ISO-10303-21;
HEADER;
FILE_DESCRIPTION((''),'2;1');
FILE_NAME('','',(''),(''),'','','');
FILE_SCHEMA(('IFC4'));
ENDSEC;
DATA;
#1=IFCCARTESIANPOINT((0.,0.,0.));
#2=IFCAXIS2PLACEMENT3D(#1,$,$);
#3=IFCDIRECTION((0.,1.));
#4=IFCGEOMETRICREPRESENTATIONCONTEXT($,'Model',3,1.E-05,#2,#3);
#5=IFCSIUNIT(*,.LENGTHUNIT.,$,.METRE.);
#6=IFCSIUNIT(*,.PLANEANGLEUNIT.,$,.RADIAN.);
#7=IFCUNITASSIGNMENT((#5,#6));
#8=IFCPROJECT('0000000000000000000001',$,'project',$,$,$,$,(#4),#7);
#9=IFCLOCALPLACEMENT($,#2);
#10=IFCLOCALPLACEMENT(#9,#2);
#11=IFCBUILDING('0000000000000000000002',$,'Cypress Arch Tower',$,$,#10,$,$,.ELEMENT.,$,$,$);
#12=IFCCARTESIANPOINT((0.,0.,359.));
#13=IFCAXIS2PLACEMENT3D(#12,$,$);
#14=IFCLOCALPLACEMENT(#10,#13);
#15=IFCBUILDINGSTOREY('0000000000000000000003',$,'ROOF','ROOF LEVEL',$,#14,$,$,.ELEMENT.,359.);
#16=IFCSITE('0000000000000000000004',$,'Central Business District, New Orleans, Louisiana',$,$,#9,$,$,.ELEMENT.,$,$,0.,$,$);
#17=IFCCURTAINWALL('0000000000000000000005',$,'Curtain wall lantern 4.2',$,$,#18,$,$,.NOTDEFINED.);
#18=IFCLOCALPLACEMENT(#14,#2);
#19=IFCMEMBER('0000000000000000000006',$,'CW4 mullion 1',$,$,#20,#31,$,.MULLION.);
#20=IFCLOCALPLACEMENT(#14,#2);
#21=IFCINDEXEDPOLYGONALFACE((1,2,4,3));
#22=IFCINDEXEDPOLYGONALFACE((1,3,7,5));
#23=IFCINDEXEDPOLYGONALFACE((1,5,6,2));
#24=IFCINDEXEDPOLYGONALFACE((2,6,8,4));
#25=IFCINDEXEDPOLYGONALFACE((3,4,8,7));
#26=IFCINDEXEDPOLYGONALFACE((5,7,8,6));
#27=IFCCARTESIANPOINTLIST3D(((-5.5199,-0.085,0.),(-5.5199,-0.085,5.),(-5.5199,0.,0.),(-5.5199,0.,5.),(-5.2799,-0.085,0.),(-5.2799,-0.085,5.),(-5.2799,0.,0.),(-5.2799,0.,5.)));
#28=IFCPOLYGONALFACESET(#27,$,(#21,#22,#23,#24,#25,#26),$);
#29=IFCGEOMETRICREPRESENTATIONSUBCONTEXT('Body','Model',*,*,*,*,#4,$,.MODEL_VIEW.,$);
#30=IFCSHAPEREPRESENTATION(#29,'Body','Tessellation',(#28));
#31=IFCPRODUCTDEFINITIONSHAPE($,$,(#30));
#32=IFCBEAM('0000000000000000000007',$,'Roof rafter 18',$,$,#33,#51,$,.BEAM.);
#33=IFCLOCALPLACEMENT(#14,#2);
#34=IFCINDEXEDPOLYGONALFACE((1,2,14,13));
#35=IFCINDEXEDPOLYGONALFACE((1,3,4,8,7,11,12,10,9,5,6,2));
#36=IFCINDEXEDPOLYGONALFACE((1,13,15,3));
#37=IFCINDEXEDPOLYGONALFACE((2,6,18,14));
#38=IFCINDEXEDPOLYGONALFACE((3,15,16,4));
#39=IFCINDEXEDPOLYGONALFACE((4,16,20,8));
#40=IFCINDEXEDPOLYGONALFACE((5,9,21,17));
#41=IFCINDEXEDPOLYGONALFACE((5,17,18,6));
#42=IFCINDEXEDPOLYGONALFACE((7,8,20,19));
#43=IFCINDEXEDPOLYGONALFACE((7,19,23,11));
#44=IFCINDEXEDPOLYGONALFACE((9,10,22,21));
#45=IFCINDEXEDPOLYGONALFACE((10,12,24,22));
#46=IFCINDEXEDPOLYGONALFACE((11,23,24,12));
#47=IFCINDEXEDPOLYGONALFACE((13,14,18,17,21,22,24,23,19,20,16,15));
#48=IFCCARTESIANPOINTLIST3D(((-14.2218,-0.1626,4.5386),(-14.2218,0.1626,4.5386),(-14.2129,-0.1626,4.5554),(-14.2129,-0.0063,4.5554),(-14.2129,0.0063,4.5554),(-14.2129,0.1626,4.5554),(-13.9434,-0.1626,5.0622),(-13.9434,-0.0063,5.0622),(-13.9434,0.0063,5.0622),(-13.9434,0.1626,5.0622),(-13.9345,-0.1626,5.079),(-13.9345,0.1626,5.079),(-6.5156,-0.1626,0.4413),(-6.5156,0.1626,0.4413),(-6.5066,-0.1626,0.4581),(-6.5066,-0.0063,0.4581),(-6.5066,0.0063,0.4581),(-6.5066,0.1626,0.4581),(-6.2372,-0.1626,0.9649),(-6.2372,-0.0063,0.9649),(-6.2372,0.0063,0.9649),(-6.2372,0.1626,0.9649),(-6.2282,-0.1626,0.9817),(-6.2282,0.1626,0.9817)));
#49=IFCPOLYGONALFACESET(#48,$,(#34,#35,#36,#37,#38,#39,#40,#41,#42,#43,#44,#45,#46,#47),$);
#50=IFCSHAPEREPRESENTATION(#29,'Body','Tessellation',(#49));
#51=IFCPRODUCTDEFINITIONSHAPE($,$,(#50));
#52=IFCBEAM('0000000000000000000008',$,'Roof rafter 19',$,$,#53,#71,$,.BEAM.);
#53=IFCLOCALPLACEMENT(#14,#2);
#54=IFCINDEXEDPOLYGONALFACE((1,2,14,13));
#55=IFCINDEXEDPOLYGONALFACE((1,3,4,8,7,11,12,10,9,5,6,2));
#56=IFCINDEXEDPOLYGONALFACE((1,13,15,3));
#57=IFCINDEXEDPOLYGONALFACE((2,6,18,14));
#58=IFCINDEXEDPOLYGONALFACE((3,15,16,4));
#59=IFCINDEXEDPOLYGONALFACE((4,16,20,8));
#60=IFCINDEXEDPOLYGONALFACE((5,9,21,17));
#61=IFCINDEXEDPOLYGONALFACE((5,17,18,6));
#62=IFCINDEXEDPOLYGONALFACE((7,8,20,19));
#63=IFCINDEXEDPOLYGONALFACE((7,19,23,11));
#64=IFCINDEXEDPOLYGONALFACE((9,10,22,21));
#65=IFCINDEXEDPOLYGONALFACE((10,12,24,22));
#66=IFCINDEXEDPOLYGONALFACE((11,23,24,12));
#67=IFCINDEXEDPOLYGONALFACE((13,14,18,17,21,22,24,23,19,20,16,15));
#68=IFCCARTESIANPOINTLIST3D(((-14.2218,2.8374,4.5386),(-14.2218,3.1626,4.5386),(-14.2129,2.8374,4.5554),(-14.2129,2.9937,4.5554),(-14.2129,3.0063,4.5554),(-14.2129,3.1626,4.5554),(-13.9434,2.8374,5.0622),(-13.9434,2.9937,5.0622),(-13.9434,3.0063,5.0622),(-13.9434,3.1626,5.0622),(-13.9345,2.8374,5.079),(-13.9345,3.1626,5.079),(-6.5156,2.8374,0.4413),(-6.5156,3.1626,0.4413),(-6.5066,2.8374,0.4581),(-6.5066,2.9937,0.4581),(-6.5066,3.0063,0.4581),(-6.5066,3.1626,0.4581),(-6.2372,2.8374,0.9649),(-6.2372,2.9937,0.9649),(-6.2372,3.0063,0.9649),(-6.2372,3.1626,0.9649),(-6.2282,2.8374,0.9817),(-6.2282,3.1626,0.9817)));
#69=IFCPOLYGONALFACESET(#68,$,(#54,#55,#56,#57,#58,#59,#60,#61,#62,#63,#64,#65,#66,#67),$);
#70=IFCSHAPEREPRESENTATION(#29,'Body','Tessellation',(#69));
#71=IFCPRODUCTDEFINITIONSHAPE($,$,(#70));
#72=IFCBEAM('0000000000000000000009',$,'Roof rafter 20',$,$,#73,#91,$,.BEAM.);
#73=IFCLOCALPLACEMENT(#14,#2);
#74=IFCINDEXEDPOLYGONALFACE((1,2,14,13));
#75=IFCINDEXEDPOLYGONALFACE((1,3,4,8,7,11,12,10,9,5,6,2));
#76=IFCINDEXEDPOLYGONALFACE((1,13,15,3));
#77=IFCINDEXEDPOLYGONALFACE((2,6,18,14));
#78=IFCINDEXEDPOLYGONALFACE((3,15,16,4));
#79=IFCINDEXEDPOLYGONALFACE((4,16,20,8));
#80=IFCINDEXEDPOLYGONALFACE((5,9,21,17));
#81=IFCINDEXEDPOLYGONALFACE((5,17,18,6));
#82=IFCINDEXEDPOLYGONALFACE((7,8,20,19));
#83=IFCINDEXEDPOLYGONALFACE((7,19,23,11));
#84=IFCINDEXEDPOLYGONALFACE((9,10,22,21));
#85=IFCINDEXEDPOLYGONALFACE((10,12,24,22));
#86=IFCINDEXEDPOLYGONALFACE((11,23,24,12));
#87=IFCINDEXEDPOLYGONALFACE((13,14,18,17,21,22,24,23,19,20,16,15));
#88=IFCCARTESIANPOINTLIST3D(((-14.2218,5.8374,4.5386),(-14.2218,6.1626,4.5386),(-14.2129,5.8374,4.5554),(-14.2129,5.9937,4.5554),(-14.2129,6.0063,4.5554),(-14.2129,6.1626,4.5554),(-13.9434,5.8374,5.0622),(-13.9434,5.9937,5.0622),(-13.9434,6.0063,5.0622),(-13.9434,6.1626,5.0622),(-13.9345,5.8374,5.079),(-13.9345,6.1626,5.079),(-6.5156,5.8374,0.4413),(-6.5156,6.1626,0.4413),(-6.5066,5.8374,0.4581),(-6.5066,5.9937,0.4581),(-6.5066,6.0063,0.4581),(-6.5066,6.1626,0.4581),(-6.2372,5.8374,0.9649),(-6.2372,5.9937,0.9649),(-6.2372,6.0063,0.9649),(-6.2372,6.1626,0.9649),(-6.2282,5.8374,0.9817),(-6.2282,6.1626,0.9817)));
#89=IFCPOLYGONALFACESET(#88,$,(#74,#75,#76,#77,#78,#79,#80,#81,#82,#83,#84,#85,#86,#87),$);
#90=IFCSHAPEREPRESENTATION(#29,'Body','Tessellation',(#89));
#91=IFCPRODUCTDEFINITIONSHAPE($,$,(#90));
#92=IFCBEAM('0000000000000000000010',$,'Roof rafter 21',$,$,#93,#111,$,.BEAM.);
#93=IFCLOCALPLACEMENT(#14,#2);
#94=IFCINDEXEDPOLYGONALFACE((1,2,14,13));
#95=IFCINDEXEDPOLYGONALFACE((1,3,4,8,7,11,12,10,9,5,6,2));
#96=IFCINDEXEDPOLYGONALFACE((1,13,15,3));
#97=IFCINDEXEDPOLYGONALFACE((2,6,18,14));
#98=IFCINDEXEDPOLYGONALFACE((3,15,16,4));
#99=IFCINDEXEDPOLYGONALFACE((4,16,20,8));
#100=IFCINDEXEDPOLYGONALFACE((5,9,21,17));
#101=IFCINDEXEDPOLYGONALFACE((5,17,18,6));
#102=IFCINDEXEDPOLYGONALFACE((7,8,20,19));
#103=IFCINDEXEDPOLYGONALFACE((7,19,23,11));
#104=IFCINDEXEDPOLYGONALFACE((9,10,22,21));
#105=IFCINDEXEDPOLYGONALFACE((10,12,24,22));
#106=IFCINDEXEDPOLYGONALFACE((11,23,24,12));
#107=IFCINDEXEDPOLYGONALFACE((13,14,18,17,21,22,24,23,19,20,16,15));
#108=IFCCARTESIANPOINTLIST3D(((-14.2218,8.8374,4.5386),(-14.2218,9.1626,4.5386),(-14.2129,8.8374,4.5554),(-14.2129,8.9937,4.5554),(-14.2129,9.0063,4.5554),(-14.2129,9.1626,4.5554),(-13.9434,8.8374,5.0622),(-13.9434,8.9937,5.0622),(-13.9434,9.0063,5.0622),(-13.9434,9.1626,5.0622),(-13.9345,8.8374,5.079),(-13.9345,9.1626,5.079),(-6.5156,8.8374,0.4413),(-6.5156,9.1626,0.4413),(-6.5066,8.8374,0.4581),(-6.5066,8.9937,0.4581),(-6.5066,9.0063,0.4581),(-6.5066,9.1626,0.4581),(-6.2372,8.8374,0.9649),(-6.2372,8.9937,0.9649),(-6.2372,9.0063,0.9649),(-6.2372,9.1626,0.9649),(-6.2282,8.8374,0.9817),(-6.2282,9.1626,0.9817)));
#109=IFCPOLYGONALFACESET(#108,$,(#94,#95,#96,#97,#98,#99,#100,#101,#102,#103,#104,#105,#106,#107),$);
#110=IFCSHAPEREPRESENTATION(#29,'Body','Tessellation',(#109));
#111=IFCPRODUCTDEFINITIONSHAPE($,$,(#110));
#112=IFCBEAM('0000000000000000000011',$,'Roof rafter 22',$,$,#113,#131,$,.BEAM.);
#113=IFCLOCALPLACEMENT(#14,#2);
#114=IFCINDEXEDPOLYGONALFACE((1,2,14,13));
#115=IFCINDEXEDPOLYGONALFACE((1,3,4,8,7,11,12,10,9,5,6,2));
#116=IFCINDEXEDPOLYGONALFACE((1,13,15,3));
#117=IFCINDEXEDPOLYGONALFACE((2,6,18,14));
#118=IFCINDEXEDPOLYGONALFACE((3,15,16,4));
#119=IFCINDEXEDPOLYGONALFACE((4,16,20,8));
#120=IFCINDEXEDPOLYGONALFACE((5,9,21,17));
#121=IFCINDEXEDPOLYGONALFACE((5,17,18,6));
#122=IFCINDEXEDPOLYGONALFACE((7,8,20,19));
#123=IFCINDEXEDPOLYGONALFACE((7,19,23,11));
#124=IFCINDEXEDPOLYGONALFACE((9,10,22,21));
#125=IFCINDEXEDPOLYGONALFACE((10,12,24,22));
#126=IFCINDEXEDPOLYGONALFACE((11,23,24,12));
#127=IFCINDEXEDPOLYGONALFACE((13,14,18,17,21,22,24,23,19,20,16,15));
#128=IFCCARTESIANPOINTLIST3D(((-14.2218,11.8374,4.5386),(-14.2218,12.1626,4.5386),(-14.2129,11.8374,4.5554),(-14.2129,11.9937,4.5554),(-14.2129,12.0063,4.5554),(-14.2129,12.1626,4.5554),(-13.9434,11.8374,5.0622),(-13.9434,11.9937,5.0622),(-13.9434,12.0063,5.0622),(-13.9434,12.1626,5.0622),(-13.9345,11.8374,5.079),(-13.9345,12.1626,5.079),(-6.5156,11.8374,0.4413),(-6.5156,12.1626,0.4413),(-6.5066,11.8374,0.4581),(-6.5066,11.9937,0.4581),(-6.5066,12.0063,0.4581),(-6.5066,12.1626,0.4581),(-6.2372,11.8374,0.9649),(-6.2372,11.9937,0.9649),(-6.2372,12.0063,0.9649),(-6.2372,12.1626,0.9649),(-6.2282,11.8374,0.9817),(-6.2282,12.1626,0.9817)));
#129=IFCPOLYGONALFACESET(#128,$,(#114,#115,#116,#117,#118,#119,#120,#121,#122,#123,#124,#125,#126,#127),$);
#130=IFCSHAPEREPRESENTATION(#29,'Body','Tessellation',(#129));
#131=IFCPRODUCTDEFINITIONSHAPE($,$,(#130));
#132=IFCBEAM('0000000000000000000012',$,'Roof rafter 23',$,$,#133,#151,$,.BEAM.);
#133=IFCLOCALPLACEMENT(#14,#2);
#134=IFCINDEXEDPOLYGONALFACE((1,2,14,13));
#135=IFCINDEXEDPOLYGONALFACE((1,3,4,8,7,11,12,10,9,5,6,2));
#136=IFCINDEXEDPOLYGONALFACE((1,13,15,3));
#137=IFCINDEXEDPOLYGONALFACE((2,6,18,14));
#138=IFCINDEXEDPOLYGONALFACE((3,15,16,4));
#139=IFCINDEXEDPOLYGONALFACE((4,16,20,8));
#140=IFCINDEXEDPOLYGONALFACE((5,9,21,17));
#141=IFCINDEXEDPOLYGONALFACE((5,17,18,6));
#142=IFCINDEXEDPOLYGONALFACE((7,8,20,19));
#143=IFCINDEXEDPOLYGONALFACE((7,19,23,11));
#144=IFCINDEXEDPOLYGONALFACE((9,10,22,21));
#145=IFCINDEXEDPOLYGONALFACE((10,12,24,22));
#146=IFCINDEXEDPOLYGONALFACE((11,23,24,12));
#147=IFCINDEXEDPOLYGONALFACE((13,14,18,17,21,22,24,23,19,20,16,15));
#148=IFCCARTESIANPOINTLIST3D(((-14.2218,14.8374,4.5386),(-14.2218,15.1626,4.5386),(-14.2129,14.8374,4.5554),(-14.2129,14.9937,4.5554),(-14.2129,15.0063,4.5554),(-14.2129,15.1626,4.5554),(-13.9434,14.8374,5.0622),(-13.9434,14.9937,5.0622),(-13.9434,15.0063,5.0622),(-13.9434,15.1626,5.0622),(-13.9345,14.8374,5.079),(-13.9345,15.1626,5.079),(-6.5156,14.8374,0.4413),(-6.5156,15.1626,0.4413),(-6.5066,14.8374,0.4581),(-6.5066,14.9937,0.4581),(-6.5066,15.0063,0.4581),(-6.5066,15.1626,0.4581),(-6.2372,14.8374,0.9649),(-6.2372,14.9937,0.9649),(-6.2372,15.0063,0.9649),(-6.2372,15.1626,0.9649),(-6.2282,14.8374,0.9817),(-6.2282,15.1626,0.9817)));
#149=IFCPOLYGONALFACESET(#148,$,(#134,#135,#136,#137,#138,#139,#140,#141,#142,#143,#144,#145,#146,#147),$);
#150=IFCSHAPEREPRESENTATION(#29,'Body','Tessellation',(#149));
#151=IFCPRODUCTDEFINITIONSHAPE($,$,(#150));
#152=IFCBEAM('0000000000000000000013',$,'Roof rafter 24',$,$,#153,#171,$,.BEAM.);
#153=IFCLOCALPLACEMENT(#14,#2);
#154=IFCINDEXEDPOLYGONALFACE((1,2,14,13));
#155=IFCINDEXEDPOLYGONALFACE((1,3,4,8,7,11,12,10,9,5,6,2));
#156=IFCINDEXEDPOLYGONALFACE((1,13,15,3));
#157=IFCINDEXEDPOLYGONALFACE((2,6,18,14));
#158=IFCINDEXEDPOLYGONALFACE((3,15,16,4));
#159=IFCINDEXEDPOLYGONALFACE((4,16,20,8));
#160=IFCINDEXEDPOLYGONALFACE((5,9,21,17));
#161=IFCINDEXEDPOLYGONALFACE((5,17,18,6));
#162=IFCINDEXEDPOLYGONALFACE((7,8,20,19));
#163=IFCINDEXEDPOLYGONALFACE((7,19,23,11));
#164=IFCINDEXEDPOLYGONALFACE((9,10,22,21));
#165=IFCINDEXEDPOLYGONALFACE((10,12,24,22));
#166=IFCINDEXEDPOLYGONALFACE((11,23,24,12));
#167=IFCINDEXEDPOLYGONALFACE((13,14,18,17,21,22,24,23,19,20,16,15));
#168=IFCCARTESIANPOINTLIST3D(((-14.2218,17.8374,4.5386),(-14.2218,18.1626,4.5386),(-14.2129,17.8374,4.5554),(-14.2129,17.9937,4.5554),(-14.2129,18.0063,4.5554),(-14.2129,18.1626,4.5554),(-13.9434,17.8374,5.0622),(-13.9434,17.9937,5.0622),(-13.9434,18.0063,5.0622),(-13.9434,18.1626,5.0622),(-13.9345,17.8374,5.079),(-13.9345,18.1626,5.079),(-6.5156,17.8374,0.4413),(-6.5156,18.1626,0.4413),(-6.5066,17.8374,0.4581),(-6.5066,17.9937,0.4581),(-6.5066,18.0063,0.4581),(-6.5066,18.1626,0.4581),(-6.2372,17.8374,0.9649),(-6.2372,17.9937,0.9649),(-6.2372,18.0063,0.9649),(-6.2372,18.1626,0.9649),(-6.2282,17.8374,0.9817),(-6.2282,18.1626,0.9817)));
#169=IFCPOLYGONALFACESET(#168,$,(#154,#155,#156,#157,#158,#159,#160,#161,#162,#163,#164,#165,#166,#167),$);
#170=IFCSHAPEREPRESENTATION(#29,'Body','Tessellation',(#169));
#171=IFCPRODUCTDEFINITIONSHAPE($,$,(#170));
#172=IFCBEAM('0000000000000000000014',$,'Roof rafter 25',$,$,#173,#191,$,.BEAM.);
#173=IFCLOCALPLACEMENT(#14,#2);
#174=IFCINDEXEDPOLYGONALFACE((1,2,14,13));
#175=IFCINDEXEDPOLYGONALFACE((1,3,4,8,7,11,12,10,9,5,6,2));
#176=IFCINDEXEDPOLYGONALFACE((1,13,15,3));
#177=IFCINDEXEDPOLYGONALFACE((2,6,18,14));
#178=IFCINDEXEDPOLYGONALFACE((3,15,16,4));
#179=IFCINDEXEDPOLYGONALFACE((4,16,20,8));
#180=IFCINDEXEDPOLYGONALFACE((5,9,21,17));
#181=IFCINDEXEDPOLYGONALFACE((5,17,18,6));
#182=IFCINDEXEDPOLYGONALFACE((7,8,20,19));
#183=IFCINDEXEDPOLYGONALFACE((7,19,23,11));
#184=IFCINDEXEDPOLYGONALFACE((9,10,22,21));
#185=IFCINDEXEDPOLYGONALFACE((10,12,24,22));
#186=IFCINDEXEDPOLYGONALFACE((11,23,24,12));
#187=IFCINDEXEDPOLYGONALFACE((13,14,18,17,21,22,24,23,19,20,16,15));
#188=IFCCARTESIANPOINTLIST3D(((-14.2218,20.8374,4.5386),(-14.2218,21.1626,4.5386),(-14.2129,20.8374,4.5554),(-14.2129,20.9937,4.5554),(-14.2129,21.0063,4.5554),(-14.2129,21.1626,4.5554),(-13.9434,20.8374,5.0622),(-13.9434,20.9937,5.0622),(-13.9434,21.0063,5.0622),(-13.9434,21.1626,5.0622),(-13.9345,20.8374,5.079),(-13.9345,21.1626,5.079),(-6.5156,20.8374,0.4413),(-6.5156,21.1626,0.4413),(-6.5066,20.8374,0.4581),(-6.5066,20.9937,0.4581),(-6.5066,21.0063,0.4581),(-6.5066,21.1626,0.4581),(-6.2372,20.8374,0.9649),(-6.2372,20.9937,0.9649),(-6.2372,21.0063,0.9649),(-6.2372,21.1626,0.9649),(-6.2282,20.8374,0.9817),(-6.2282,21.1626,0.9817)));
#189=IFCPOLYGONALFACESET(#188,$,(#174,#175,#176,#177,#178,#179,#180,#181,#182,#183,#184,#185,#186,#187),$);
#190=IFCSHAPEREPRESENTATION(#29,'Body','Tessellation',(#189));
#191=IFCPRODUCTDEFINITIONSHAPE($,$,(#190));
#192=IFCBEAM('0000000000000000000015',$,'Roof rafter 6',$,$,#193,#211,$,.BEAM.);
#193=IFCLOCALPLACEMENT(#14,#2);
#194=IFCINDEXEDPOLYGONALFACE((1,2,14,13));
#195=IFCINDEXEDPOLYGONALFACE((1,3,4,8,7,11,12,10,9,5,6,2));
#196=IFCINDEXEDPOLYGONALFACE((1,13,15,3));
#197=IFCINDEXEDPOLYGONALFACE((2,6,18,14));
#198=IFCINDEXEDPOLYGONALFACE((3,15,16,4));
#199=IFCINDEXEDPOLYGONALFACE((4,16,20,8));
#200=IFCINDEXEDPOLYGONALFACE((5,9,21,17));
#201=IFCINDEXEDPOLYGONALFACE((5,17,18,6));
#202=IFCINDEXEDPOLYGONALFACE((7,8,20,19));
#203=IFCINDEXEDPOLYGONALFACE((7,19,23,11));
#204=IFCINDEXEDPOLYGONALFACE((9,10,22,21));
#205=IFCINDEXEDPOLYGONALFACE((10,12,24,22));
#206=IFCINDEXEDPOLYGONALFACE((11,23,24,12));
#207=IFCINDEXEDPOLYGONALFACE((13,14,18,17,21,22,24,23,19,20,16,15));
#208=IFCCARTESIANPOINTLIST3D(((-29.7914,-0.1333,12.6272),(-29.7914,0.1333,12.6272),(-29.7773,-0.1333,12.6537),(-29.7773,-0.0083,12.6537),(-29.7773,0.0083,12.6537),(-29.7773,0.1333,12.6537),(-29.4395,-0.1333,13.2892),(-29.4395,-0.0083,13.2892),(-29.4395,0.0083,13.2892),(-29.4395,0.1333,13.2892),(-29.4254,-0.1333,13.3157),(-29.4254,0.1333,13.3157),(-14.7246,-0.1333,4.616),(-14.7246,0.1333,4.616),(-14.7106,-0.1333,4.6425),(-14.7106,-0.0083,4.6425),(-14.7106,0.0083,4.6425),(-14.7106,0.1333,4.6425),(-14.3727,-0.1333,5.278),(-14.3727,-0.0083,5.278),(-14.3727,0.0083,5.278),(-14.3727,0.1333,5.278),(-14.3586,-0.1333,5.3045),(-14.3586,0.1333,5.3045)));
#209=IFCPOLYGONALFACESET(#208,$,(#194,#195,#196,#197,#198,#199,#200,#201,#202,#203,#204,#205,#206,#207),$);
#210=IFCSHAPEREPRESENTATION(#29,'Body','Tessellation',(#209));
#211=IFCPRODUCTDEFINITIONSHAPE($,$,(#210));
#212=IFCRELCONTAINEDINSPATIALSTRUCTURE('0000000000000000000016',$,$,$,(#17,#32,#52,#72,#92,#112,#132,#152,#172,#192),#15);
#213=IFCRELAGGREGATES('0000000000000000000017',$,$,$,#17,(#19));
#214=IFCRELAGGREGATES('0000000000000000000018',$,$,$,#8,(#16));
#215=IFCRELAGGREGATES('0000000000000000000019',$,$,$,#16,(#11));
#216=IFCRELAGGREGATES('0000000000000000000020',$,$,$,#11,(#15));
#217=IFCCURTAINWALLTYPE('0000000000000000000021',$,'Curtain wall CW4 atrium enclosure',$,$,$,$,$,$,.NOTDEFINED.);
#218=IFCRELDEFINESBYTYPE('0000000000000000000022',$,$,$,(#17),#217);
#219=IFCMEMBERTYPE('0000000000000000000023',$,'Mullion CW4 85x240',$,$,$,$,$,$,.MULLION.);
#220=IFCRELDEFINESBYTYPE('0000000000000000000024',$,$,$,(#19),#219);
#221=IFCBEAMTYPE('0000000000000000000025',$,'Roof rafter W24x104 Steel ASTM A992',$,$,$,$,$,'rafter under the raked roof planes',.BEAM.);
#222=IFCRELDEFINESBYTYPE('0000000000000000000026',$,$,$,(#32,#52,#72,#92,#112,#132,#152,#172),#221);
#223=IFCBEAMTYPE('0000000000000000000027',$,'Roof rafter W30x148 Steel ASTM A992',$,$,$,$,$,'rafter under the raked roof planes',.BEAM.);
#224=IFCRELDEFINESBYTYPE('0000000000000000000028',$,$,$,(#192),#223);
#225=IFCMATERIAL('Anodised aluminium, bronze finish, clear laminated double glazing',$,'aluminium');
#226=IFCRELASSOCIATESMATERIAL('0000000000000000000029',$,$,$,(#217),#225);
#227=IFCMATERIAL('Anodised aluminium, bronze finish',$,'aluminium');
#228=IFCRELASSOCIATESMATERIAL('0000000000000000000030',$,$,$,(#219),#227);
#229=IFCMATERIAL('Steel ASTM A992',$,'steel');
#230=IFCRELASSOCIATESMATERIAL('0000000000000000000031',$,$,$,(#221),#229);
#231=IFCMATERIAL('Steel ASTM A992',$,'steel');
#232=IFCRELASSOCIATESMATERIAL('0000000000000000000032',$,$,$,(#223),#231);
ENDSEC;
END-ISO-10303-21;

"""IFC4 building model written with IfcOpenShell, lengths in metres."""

from ifc_helpers import new_model, si_unit, direction, frame, origin, origin_2d, place, context, subcontext, project, spatial, rectangle, i_section, extrude, material, material_profile, profile_set, type_object, element, aggregate, save


model = new_model("IFC4")

# Units and contexts
model_context = context("Model", 3, precision=1e-05, world=origin(), true_north=direction((0.0, 1.0)))
body_context = subcontext(model_context, "Body", "Model", "MODEL_VIEW")
ifc_project = project(units=[si_unit("LENGTHUNIT", "METRE"), si_unit("PLANEANGLEUNIT", "RADIAN")], contexts=[model_context])

# Site, building, storey
site_placement = place(None, origin())
site = spatial("IfcSite", under=ifc_project, at=site_placement, Name="Central Business District, New Orleans, Louisiana", CompositionType="ELEMENT", RefElevation=0.0)
building_placement = place(site_placement, origin())
building = spatial("IfcBuilding", under=site, at=building_placement, Name="Cypress Arch Tower", CompositionType="ELEMENT")
storey_placement = place(building_placement, frame((0.0, 0.0, 359.0)))
storey = spatial("IfcBuildingStorey", under=building, at=storey_placement, Name="ROOF", Description="ROOF LEVEL", CompositionType="ELEMENT", Elevation=359.0)

# Curtain wall, member
ifc_material_1 = material(Name="Anodised aluminium, bronze finish, clear laminated double glazing", Category="aluminium")
curtain_wall_type = type_object("IfcCurtainWallType", Name="Curtain wall CW4 atrium enclosure", PredefinedType="NOTDEFINED", material=ifc_material_1)
curtain_wall_placement = place(storey_placement, origin())
curtain_wall = element("IfcCurtainWall", 1, at=curtain_wall_placement, inside=storey, type_object=curtain_wall_type, Name="Curtain wall lantern 4.2", PredefinedType="NOTDEFINED")
ifc_material_2 = material(Name="Anodised aluminium, bronze finish", Category="aluminium")
ifc_material_profile_1 = material_profile(ifc_material_2, rectangle(XDim=0.24, YDim=0.085, at=origin_2d()), Name="Mullion 85x240")
ifc_profile_set_1 = profile_set([ifc_material_profile_1], Name="Anodised aluminium, bronze finish")
member_type = type_object("IfcMemberType", Name="Mullion CW4 85x240", PredefinedType="MULLION", material=ifc_profile_set_1)
member_placement = place(storey_placement, frame((-5.3999, -0.0425, 0.0), z_axis=(0.0, 0.0, 1.0), x_axis=(1.0, 0.0, 0.0)))
member = element("IfcMember", 2, at=member_placement, type_object=member_type, Name="CW4 mullion 1", PredefinedType="MULLION", context=body_context, shape_type="SweptSolid", body=[
    extrude(rectangle(XDim=0.24, YDim=0.085, at=origin_2d()), origin(), (0.0, 0.0, 1.0), 5.0),
])
aggregate(curtain_wall, [member])

# Beams
ifc_material_3 = material(Name="Steel ASTM A992", Category="steel")
ifc_material_profile_2 = material_profile(ifc_material_3, i_section(OverallWidth=0.3252, OverallDepth=0.6121, WebThickness=0.0127, FlangeThickness=0.019, at=origin_2d()), Name="W24x104")
ifc_profile_set_2 = profile_set([ifc_material_profile_2], Name="Steel ASTM A992")
beam_type_1 = type_object("IfcBeamType", Name="Roof rafter W24x104 Steel ASTM A992", ElementType="rafter under the raked roof planes", PredefinedType="BEAM", material=ifc_profile_set_2)
for number, where, z_axis, x_axis, name in (
    (3, (-14.0781, 0.0, 4.8088), (0.882952, 0.0, -0.469463), (0.0, 1.0, 0.0), "Roof rafter 18"),
    (4, (-14.0781, 3.0, 4.8088), (0.882952, 0.0, -0.469463), (0.0, 1.0, 0.0), "Roof rafter 19"),
    (5, (-14.0781, 6.0, 4.8088), (0.882952, 0.0, -0.469463), (0.0, 1.0, 0.0), "Roof rafter 20"),
    (6, (-14.0781, 9.0, 4.8088), (0.882952, 0.0, -0.469463), (0.0, 1.0, 0.0), "Roof rafter 21"),
    (7, (-14.0781, 12.0, 4.8088), (0.882952, 0.0, -0.469463), (0.0, 1.0, 0.0), "Roof rafter 22"),
    (8, (-14.0781, 15.0, 4.8088), (0.882952, 0.0, -0.469463), (0.0, 1.0, 0.0), "Roof rafter 23"),
    (9, (-14.0781, 18.0, 4.8088), (0.882952, 0.0, -0.469463), (0.0, 1.0, 0.0), "Roof rafter 24"),
    (10, (-14.0781, 21.0, 4.8088), (0.882952, 0.0, -0.469463), (0.0, 1.0, 0.0), "Roof rafter 25"),
):
    element("IfcBeam", number, at=place(storey_placement, frame(where, z_axis=z_axis, x_axis=x_axis)), inside=storey, type_object=beam_type_1, Name=name, PredefinedType="BEAM", context=body_context, shape_type="SweptSolid", body=[
        extrude(i_section(OverallWidth=0.3252, OverallDepth=0.6121, WebThickness=0.0127, FlangeThickness=0.019, at=origin_2d()), origin(), (0.0, 0.0, 1.0), 8.7278),
    ])
ifc_material_4 = material(Name="Steel ASTM A992", Category="steel")
ifc_material_profile_3 = material_profile(ifc_material_4, i_section(OverallWidth=0.2666, OverallDepth=0.7798, WebThickness=0.0166, FlangeThickness=0.03, at=origin_2d()), Name="W30x148")
ifc_profile_set_3 = profile_set([ifc_material_profile_3], Name="Steel ASTM A992")
beam_type_2 = type_object("IfcBeamType", Name="Roof rafter W30x148 Steel ASTM A992", ElementType="rafter under the raked roof planes", PredefinedType="BEAM", material=ifc_profile_set_3)
for number, where, z_axis, x_axis, name in (
    (11, (-29.6084, 0.0, 12.9714), (0.882947, 0.0, -0.469473), (0.0, 1.0, 0.0), "Roof rafter 6"),
):
    element("IfcBeam", number, at=place(storey_placement, frame(where, z_axis=z_axis, x_axis=x_axis)), inside=storey, type_object=beam_type_2, Name=name, PredefinedType="BEAM", context=body_context, shape_type="SweptSolid", body=[
        extrude(i_section(OverallWidth=0.2666, OverallDepth=0.7798, WebThickness=0.0166, FlangeThickness=0.03, at=origin_2d()), origin(), (0.0, 0.0, 1.0), 17.0642),
    ])

save(model, "model.ifc")
